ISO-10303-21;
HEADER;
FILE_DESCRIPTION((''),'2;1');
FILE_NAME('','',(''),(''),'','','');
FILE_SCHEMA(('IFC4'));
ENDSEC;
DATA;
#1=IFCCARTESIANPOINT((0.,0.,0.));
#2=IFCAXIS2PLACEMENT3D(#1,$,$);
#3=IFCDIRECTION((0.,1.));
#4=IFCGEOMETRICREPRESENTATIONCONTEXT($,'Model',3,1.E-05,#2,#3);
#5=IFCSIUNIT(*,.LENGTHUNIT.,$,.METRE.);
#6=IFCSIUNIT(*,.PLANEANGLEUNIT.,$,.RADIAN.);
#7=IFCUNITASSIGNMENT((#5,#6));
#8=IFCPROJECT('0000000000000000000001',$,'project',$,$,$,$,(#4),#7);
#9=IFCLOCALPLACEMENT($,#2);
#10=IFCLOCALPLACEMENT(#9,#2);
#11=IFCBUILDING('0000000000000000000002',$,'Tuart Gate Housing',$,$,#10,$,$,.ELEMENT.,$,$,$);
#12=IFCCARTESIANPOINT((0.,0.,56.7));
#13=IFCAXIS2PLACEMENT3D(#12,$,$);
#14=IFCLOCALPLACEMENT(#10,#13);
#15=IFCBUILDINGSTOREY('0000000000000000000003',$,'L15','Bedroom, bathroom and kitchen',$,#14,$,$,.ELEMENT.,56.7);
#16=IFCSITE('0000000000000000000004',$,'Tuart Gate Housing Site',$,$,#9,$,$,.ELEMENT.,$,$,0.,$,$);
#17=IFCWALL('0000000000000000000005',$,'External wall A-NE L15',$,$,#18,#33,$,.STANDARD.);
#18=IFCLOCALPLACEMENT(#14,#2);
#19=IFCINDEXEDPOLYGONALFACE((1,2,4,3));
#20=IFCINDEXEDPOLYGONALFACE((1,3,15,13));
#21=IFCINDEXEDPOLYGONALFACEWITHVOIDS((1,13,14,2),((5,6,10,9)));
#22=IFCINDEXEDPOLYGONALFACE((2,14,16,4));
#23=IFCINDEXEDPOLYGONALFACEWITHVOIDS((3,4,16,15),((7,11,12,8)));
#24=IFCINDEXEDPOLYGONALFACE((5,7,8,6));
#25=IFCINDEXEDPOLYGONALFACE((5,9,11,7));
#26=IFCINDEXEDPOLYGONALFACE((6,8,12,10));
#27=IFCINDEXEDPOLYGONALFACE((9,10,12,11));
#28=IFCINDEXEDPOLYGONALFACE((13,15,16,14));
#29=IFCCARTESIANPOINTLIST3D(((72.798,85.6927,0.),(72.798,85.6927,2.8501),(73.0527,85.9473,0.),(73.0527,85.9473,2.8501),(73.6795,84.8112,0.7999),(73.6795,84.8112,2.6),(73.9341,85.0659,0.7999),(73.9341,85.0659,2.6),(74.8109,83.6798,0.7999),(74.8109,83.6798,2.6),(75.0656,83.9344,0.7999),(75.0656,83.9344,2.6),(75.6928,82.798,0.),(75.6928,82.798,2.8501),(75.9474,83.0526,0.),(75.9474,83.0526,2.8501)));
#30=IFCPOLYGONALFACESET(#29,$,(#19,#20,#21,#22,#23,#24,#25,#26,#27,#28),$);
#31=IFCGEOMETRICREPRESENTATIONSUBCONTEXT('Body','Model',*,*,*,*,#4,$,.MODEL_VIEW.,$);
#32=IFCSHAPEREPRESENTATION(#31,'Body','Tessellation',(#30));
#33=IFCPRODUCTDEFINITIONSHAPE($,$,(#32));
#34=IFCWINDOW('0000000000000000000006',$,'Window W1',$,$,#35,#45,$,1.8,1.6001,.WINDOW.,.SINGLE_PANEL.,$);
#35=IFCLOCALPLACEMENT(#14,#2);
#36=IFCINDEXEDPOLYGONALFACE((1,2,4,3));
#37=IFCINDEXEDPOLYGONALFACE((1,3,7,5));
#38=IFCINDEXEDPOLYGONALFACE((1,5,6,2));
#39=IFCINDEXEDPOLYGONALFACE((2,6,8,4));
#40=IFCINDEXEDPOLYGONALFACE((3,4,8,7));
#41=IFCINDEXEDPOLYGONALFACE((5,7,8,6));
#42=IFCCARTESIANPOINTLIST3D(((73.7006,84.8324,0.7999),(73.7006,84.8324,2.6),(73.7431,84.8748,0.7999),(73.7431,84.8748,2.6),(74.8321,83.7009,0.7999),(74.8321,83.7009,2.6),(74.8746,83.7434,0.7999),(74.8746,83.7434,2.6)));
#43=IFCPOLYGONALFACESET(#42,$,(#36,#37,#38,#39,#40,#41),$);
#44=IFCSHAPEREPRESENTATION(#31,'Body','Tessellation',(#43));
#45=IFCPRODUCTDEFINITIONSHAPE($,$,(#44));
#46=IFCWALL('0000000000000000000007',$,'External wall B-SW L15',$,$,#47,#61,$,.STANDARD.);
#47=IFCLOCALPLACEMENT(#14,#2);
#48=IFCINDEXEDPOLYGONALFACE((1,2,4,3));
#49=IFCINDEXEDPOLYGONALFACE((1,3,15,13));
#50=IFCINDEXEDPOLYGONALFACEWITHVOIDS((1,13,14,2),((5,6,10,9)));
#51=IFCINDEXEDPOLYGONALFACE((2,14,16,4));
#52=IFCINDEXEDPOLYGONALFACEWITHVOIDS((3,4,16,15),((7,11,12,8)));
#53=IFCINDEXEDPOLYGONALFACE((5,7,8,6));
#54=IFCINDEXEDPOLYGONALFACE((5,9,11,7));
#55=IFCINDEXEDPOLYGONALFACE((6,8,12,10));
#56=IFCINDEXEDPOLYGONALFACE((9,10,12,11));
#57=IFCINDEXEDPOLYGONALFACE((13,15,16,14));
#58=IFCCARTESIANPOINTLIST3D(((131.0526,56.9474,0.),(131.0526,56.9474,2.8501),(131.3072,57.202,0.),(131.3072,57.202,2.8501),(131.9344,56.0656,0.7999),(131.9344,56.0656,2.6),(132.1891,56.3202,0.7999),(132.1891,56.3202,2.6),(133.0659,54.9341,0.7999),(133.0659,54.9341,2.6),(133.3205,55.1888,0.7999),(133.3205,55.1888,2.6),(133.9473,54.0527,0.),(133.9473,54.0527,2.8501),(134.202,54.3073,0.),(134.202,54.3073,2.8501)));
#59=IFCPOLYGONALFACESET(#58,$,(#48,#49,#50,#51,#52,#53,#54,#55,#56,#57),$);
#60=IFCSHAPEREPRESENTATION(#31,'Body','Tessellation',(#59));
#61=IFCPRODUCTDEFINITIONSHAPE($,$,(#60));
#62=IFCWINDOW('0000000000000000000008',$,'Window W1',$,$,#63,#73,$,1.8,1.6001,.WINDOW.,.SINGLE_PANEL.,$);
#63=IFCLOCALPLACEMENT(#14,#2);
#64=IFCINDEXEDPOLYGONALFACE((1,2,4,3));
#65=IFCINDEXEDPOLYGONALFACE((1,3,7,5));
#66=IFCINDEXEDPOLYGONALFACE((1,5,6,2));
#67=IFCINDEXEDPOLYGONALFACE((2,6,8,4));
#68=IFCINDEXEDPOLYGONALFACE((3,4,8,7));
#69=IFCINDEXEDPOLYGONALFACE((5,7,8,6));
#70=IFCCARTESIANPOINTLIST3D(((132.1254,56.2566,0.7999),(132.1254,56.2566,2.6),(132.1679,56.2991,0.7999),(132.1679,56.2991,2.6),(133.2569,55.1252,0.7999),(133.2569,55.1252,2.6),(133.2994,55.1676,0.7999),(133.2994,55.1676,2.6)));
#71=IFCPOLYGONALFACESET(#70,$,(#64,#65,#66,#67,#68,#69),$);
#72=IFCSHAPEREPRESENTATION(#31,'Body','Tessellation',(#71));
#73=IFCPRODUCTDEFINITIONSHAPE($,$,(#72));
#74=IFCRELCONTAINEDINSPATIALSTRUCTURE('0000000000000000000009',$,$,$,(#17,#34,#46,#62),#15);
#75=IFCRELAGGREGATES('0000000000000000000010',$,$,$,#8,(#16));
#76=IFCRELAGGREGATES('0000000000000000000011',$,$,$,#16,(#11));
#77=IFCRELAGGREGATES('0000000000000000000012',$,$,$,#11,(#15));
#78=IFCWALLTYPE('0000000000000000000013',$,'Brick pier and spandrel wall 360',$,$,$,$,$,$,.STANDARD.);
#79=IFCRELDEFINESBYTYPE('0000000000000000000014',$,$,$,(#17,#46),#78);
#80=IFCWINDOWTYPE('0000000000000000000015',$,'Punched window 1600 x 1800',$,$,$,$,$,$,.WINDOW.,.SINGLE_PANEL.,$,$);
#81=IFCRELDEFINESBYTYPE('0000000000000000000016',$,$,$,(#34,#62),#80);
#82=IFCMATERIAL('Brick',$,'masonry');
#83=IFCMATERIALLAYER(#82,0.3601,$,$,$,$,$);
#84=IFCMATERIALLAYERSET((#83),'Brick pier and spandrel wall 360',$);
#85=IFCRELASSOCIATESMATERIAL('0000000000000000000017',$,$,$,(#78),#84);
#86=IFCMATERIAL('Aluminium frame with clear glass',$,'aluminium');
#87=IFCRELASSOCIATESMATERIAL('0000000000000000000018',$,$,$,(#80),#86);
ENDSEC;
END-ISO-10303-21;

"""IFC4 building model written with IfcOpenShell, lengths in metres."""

from ifc_helpers import new_model, si_unit, direction, frame, frame_2d, origin, place, context, subcontext, project, spatial, rectangle, extrude, material, layer, layer_set, type_object, element, fill, save


model = new_model("IFC4")

# Units and contexts
model_context = context("Model", 3, precision=1e-05, world=origin(), true_north=direction((0.0, 1.0)))
body_context = subcontext(model_context, "Body", "Model", "MODEL_VIEW")
ifc_project = project(units=[si_unit("LENGTHUNIT", "METRE"), si_unit("PLANEANGLEUNIT", "RADIAN")], contexts=[model_context])

# Site, building, storey
site_placement = place(None, origin())
site = spatial("IfcSite", under=ifc_project, at=site_placement, Name="Tuart Gate Housing Site", CompositionType="ELEMENT", RefElevation=0.0)
building_placement = place(site_placement, origin())
building = spatial("IfcBuilding", under=site, at=building_placement, Name="Tuart Gate Housing", CompositionType="ELEMENT")
storey_placement = place(building_placement, frame((0.0, 0.0, 56.7)))
storey = spatial("IfcBuildingStorey", under=building, at=storey_placement, Name="L15", Description="Bedroom, bathroom and kitchen", CompositionType="ELEMENT", Elevation=56.7)

# Shared definitions
ifc_material_1 = material(Name="Brick", Category="masonry")
ifc_layer_1 = layer(ifc_material_1, 0.3601)
ifc_layer_set_1 = layer_set([ifc_layer_1], Name="Brick pier and spandrel wall 360")
wall_type_1 = type_object("IfcWallType", Name="Brick pier and spandrel wall 360", PredefinedType="STANDARD", material=ifc_layer_set_1)

# Walls, openings, windows
wall_1_placement = place(storey_placement, frame((75.8201, 82.9253, 0.0), z_axis=(0.0, 0.0, 1.0), x_axis=(-0.707107, 0.707107, 0.0)))
wall_1 = element("IfcWall", 1, at=wall_1_placement, inside=storey, type_object=wall_type_1, Name="External wall A-NE L15", PredefinedType="STANDARD", context=body_context, shape_type="SweptSolid", body=[
    extrude(rectangle(XDim=4.0938, YDim=0.3601, at=frame_2d((2.0469, 0.0))), origin(), (0.0, 0.0, 1.0), 2.8501),
])
opening_1_placement = place(wall_1_placement, frame((1.2471, 0.0, 0.8)))
opening_1 = element("IfcOpeningElement", 2, at=opening_1_placement, cuts=wall_1, PredefinedType="OPENING", context=body_context, shape_type="SweptSolid", body=[
    extrude(rectangle(XDim=1.6001, YDim=1.8, at=frame_2d((0.8, 0.8999))), frame((0.0, 0.1899, 0.0), z_axis=(0.0, -1.0, 0.0), x_axis=(1.0, 0.0, 0.0)), (0.0, 0.0, 1.0), 0.3801),
])
ifc_material_2 = material(Name="Aluminium frame with clear glass", Category="aluminium")
window_type_1 = type_object("IfcWindowType", Name="Punched window 1600 x 1800", PartitioningType="SINGLE_PANEL", PredefinedType="WINDOW", material=ifc_material_2)
window_1_placement = place(opening_1_placement, origin())
window_1 = element("IfcWindow", 3, at=window_1_placement, inside=storey, type_object=window_type_1, Name="Window W1", OverallHeight=1.8, OverallWidth=1.6001, PartitioningType="SINGLE_PANEL", PredefinedType="WINDOW", context=body_context, shape_type="SweptSolid", body=[
    extrude(rectangle(XDim=1.6001, YDim=1.8, at=frame_2d((0.8, 0.8999))), frame((0.0, 0.1501, 0.0), z_axis=(0.0, -1.0, 0.0), x_axis=(1.0, 0.0, 0.0)), (0.0, 0.0, 1.0), 0.0601),
])
fill(opening_1, window_1)
wall_2_placement = place(storey_placement, frame((131.1799, 57.0747, 0.0), z_axis=(0.0, 0.0, 1.0), x_axis=(0.707107, -0.707107, 0.0)))
wall_2 = element("IfcWall", 4, at=wall_2_placement, inside=storey, type_object=wall_type_1, Name="External wall B-SW L15", PredefinedType="STANDARD", context=body_context, shape_type="SweptSolid", body=[
    extrude(rectangle(XDim=4.0938, YDim=0.3601, at=frame_2d((2.0469, 0.0))), origin(), (0.0, 0.0, 1.0), 2.8501),
])
opening_2_placement = place(wall_2_placement, frame((1.2471, 0.0, 0.8)))
opening_2 = element("IfcOpeningElement", 5, at=opening_2_placement, cuts=wall_2, PredefinedType="OPENING", context=body_context, shape_type="SweptSolid", body=[
    extrude(rectangle(XDim=1.6001, YDim=1.8, at=frame_2d((0.8, 0.8999))), frame((0.0, 0.1899, 0.0), z_axis=(0.0, -1.0, 0.0), x_axis=(1.0, 0.0, 0.0)), (0.0, 0.0, 1.0), 0.3801),
])
window_2_placement = place(opening_2_placement, origin())
window_2 = element("IfcWindow", 6, at=window_2_placement, inside=storey, type_object=window_type_1, Name="Window W1", OverallHeight=1.8, OverallWidth=1.6001, PartitioningType="SINGLE_PANEL", PredefinedType="WINDOW", context=body_context, shape_type="SweptSolid", body=[
    extrude(rectangle(XDim=1.6001, YDim=1.8, at=frame_2d((0.8, 0.8999))), frame((0.0, 0.1501, 0.0), z_axis=(0.0, -1.0, 0.0), x_axis=(1.0, 0.0, 0.0)), (0.0, 0.0, 1.0), 0.0601),
])
fill(opening_2, window_2)

save(model, "model.ifc")
